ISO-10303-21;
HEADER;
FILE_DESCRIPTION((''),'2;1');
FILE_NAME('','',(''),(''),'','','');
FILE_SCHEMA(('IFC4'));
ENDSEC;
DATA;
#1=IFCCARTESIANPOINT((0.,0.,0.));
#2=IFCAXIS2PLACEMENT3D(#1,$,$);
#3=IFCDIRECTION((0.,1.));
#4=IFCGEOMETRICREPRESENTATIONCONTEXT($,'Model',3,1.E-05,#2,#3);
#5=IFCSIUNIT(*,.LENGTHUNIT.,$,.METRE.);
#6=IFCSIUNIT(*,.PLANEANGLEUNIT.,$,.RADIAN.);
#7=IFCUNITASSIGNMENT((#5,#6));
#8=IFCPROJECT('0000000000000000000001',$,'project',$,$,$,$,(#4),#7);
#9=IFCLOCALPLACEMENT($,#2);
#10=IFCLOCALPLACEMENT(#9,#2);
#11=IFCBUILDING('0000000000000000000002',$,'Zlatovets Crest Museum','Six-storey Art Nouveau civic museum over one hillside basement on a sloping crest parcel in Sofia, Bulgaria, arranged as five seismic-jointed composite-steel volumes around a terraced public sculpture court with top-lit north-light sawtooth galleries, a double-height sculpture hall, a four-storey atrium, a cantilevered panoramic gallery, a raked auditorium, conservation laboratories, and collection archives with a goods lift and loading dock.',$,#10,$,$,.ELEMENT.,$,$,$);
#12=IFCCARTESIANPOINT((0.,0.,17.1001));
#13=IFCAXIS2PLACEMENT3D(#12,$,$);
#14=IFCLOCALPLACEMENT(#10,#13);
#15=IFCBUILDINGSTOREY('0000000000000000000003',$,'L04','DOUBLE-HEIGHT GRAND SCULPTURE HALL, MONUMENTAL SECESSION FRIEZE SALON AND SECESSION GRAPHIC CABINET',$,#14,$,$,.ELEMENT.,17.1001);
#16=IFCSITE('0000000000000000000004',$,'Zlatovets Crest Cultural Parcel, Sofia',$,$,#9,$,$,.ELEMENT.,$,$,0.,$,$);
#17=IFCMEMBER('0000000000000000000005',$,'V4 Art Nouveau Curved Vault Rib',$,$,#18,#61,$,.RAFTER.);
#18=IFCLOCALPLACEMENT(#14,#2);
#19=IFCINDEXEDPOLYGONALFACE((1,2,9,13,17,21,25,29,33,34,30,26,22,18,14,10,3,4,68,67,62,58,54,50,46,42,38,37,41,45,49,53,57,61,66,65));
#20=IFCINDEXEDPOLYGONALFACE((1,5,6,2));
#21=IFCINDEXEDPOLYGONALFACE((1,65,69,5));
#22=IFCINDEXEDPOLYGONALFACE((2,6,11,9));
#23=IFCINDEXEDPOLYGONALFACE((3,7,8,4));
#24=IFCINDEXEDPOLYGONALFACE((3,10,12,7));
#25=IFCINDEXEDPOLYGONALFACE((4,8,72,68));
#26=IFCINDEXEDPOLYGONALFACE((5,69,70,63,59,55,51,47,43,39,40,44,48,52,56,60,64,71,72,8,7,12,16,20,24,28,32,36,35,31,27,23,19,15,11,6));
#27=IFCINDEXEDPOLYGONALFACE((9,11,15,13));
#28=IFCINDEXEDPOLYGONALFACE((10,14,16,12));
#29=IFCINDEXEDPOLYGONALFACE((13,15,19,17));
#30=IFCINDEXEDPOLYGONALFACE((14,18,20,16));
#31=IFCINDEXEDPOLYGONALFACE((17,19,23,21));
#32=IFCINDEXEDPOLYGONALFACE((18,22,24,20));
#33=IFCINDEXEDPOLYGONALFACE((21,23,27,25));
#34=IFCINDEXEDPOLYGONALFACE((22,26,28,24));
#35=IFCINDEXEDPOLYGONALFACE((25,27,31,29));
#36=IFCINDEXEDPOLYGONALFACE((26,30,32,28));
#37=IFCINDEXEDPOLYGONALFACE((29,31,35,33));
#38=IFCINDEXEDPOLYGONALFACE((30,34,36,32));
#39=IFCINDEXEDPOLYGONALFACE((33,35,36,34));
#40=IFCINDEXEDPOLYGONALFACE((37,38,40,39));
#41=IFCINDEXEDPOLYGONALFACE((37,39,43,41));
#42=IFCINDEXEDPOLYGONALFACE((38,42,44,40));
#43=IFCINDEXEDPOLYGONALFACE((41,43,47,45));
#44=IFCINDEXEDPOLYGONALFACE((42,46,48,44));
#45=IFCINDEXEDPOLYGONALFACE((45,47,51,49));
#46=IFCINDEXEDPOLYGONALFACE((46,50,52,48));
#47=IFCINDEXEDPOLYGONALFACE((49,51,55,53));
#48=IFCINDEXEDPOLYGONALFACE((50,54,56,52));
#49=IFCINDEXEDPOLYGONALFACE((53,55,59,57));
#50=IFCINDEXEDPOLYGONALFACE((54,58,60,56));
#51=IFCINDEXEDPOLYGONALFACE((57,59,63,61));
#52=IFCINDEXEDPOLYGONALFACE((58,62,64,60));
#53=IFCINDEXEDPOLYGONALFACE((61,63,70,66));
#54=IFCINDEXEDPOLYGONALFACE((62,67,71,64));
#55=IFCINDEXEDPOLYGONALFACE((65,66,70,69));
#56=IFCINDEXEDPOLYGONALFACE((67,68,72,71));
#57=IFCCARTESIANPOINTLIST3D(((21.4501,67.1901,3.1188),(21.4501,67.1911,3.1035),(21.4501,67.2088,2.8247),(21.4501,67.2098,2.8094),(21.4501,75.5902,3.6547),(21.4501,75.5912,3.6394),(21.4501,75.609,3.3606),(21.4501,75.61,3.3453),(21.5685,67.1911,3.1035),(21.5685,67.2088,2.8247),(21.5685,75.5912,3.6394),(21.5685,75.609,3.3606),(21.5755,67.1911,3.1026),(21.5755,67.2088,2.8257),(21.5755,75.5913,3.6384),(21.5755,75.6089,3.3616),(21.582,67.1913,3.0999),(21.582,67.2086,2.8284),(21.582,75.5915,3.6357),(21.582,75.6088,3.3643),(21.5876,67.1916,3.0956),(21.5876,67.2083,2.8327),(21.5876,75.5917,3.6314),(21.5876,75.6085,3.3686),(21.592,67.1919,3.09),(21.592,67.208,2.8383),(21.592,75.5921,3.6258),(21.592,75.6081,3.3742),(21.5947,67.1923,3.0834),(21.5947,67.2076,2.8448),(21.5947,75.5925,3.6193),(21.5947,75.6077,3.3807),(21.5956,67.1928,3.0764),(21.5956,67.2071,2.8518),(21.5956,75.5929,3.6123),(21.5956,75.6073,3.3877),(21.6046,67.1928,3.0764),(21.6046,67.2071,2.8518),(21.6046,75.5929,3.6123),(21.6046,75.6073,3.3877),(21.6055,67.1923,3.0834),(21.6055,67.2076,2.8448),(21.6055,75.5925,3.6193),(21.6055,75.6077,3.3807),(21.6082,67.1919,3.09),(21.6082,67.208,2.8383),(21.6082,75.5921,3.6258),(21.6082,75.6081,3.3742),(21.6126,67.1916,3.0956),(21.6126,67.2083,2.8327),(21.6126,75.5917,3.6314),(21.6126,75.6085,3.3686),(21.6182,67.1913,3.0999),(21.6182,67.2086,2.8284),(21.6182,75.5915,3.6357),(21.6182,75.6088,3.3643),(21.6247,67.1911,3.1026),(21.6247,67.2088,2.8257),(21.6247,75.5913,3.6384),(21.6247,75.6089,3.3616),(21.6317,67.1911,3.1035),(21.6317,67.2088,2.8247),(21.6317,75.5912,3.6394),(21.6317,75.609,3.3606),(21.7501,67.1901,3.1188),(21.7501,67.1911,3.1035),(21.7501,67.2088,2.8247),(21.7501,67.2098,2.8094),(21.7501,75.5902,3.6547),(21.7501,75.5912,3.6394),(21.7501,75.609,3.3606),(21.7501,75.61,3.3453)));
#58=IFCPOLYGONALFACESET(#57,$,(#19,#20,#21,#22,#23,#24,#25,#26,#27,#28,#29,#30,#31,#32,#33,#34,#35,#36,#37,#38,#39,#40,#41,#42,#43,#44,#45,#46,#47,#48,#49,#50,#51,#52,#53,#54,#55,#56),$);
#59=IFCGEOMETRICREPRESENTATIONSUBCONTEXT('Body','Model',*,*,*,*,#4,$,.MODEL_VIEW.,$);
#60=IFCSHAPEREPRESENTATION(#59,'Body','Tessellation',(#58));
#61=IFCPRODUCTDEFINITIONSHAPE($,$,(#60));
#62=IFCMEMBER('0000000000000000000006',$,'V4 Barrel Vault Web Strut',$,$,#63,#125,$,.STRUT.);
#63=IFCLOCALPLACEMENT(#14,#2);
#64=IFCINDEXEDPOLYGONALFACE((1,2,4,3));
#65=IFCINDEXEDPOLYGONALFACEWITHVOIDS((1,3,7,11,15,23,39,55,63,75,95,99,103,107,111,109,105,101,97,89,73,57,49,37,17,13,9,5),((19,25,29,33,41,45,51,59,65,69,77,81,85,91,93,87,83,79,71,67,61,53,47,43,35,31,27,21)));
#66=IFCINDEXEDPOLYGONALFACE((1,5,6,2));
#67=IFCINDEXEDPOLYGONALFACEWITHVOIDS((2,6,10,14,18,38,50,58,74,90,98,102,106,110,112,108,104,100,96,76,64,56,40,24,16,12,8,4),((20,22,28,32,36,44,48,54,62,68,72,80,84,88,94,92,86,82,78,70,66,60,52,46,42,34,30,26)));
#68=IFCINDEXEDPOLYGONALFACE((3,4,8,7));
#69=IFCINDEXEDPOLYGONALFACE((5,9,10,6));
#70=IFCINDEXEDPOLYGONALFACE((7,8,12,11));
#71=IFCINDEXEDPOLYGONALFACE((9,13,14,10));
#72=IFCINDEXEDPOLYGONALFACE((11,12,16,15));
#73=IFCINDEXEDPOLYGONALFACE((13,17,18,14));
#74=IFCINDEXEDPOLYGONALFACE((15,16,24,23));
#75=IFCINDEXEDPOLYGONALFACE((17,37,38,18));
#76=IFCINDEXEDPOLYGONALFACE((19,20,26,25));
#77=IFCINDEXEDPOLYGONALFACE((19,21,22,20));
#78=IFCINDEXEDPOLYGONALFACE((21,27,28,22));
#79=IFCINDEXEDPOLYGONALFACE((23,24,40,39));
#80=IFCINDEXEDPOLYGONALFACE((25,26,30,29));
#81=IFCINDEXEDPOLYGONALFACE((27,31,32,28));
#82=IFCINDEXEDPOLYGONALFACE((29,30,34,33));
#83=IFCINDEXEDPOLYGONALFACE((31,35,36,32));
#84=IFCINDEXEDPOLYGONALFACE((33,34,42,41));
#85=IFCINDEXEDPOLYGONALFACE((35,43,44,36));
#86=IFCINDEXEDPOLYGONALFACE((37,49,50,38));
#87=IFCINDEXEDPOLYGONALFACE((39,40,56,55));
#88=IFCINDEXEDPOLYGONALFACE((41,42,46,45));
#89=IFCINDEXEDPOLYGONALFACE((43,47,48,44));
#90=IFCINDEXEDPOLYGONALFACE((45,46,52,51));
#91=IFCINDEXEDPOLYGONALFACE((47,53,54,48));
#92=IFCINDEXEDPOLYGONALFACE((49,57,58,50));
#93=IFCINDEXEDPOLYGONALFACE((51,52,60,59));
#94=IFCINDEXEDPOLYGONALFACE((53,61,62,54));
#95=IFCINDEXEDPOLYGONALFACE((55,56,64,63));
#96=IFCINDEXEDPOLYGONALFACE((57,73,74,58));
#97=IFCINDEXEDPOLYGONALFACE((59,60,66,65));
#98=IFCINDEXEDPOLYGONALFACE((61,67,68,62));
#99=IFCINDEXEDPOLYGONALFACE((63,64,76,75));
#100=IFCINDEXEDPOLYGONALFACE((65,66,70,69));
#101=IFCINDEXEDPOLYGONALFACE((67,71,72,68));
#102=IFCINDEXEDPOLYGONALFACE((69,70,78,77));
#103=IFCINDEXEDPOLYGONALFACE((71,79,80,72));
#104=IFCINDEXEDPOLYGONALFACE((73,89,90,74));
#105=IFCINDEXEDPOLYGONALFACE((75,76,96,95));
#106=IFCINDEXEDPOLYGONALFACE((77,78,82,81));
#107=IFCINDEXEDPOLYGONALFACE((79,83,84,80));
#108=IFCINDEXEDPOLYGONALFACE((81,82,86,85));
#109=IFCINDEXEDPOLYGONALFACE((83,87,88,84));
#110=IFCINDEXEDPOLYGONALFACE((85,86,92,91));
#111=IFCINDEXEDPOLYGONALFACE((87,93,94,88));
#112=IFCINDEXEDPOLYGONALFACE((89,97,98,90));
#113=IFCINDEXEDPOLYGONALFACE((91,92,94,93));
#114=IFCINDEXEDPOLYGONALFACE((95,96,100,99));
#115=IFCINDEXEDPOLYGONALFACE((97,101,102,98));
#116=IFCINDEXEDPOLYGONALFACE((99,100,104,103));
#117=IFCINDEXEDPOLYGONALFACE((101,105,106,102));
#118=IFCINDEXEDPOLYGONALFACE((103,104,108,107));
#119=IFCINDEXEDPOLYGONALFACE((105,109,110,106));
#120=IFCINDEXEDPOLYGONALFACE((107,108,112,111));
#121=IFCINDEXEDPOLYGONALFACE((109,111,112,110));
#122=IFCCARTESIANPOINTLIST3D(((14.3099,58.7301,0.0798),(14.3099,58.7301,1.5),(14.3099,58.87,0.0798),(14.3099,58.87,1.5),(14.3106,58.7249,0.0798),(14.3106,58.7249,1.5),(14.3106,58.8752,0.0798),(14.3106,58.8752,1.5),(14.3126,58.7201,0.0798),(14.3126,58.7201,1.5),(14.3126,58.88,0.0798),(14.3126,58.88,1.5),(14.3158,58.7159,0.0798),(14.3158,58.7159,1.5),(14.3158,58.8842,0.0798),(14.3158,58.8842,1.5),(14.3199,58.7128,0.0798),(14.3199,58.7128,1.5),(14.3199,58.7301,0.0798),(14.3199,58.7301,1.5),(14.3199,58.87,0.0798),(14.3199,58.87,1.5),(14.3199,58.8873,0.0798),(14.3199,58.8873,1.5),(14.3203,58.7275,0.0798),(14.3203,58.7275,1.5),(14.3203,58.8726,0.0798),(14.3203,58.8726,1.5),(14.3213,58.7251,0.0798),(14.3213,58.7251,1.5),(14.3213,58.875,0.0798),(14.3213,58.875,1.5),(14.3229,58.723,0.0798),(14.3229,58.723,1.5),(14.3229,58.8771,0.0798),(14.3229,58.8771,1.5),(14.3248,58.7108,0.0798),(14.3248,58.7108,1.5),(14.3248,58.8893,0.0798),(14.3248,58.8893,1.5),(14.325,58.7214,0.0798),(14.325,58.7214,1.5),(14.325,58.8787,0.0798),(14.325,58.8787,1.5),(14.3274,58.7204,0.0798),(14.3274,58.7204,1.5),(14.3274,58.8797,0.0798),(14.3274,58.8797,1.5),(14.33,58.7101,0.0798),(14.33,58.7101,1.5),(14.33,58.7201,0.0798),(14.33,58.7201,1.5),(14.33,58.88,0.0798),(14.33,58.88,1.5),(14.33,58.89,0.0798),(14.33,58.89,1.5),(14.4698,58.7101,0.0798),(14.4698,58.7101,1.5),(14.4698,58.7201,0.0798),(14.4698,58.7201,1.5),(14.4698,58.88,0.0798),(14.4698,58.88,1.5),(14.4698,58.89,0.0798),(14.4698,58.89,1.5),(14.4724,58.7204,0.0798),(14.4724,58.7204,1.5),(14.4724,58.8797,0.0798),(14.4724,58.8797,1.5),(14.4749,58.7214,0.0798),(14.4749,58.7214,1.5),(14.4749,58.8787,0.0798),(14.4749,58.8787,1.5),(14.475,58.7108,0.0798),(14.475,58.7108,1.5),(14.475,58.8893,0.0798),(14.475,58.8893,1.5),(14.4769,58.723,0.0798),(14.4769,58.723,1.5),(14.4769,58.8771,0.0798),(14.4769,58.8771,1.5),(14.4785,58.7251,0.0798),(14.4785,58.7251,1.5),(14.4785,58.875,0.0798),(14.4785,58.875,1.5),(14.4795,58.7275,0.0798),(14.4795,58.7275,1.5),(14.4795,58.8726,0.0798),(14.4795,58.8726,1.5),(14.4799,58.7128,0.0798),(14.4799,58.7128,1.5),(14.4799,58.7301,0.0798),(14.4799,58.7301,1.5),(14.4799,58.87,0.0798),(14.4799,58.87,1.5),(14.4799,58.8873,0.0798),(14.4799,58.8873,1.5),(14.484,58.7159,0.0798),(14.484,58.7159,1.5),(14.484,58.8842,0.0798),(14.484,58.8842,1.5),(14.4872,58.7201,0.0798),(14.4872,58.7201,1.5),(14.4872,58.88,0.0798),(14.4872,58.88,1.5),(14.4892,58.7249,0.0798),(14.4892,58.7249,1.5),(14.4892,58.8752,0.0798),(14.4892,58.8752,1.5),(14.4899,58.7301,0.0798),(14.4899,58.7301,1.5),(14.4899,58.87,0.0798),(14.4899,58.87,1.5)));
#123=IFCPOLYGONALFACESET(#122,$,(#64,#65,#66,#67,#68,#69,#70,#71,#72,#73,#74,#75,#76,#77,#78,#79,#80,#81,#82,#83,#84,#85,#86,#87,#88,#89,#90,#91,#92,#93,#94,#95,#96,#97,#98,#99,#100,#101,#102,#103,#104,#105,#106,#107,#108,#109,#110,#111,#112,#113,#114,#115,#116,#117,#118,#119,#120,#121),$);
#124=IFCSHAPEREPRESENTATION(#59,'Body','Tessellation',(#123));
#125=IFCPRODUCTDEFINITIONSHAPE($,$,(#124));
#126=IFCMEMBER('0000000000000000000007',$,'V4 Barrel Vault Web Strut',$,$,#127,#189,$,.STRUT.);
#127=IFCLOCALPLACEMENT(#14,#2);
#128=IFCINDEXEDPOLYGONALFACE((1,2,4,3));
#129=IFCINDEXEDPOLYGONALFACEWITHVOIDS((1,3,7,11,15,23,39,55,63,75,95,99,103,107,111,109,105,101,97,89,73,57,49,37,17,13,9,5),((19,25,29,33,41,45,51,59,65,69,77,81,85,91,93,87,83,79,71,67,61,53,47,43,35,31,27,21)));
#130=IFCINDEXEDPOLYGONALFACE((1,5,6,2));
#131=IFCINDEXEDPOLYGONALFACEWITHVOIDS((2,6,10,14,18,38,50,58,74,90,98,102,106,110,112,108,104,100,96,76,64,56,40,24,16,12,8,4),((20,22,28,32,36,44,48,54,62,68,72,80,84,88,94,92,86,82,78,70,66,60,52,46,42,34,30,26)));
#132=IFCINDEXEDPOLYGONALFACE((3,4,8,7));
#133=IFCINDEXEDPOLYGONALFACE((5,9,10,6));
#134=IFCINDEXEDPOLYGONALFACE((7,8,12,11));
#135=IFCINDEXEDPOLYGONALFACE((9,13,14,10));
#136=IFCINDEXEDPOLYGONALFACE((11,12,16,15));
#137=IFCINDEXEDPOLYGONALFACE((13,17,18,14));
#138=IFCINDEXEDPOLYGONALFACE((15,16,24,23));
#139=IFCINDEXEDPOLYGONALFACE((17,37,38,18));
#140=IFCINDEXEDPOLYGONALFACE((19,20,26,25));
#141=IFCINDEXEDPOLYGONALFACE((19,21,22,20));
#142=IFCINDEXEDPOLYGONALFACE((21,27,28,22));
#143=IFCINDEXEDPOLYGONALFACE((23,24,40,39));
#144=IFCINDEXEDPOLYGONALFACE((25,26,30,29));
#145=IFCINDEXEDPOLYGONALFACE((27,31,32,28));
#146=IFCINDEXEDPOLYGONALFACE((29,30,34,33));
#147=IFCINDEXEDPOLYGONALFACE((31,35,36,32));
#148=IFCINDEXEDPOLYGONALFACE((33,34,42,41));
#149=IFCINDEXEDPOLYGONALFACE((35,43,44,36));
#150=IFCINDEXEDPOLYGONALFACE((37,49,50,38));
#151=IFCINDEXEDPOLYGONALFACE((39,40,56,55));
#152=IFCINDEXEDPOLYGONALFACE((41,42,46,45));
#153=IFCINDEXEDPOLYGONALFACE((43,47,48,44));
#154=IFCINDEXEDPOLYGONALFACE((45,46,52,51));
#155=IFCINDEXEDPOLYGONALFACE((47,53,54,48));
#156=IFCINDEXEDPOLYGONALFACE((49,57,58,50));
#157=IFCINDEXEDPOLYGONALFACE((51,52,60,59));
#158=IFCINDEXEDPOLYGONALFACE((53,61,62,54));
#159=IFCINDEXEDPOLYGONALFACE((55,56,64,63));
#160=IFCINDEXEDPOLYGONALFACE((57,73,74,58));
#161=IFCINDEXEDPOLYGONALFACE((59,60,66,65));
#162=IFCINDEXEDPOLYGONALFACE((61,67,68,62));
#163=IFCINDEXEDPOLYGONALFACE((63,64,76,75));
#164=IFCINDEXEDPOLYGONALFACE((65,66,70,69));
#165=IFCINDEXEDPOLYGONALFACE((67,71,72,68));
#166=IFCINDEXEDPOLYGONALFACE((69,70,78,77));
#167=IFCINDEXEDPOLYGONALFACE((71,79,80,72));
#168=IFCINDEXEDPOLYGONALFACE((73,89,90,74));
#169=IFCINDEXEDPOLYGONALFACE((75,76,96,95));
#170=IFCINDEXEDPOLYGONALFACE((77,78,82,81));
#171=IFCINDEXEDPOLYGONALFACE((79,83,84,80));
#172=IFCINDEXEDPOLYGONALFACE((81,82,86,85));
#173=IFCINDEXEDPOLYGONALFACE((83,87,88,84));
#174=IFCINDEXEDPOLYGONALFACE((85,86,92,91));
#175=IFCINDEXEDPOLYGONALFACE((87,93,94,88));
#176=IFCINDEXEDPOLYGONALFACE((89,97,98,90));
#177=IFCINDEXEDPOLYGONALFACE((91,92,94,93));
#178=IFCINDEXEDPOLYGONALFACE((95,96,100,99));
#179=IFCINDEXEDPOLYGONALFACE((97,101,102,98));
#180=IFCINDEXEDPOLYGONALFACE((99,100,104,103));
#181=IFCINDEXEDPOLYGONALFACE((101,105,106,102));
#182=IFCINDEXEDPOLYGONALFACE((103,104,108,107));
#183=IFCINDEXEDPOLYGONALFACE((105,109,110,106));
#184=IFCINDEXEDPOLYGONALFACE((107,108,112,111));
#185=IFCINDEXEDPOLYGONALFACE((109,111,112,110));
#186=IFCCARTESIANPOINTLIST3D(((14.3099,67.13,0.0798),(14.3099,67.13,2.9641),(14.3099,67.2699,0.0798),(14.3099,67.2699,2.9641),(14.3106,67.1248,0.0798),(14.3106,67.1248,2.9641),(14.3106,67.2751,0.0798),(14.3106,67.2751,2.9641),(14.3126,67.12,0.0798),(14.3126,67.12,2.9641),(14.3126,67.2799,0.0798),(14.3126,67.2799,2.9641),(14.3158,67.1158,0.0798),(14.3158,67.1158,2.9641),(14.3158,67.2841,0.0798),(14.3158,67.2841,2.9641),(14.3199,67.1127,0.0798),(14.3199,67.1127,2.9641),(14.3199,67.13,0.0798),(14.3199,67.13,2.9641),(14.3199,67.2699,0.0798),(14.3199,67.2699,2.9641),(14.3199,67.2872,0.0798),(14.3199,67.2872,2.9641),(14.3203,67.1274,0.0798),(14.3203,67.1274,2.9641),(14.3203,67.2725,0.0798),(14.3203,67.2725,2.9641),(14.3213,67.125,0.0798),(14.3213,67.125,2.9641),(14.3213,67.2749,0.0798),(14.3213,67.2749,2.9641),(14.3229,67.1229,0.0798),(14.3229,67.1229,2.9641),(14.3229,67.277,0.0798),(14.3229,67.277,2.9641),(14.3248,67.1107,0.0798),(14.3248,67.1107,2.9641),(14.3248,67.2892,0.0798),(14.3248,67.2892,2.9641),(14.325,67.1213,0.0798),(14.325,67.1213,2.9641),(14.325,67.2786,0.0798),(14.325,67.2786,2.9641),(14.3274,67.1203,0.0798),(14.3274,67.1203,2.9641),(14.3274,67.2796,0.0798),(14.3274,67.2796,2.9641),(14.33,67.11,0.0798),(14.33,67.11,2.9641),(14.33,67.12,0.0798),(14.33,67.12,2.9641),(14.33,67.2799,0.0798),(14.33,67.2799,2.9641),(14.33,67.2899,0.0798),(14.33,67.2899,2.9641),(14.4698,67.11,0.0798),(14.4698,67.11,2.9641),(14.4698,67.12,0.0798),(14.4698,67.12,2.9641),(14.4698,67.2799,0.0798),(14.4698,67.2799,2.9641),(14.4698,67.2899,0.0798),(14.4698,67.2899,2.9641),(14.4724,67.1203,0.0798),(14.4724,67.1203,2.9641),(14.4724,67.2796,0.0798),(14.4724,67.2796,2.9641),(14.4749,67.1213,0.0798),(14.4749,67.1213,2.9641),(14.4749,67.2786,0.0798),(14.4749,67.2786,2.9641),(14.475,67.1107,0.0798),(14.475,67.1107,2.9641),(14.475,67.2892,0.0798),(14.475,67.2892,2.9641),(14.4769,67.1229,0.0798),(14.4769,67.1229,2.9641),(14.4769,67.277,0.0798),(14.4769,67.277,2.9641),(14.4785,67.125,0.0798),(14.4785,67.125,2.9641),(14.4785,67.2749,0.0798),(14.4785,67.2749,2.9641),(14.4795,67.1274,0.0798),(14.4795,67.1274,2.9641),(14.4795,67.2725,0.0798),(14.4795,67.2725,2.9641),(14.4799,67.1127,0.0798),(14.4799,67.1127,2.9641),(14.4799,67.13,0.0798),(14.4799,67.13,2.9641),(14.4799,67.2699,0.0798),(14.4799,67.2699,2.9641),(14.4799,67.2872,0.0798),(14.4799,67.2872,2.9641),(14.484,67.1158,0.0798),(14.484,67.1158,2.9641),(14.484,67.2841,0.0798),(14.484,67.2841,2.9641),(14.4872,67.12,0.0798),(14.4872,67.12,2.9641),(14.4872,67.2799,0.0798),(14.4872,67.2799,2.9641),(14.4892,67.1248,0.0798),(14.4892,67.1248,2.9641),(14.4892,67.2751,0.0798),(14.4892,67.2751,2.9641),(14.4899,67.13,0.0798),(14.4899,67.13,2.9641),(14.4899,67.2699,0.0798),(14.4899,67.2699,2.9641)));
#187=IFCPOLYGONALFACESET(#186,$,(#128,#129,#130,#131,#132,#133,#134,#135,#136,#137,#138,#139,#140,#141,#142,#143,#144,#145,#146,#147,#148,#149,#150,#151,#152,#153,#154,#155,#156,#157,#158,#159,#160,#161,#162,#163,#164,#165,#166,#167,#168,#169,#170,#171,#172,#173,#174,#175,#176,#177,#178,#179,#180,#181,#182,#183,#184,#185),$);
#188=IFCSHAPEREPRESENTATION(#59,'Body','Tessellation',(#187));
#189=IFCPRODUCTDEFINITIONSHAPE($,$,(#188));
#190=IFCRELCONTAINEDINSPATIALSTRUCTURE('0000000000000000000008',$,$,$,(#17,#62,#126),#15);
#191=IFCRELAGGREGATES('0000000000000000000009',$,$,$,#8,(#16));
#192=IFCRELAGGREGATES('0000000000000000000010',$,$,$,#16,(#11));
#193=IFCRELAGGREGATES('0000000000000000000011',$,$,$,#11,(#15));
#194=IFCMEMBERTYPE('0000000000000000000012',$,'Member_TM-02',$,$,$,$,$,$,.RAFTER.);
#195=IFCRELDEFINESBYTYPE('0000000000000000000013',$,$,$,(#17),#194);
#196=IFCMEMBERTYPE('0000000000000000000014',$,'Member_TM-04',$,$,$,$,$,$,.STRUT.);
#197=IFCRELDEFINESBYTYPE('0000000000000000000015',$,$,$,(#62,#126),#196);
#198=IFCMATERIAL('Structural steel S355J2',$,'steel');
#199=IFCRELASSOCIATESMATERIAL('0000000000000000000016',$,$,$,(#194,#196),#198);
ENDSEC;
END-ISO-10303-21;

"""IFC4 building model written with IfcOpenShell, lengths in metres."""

from ifc_helpers import new_model, si_unit, direction, frame, origin, origin_2d, place, context, subcontext, project, spatial, hollow_rectangle, i_section, extrude, material, material_profile, profile_set, type_object, element, save


model = new_model("IFC4")

# Units and contexts
model_context = context("Model", 3, precision=1e-05, world=origin(), true_north=direction((0.0, 1.0)))
body_context = subcontext(model_context, "Body", "Model", "MODEL_VIEW")
ifc_project = project(units=[si_unit("LENGTHUNIT", "METRE"), si_unit("PLANEANGLEUNIT", "RADIAN")], contexts=[model_context])

# Site, building, storey
site_placement = place(None, origin())
site = spatial("IfcSite", under=ifc_project, at=site_placement, Name="Zlatovets Crest Cultural Parcel, Sofia", CompositionType="ELEMENT", RefElevation=0.0)
building_placement = place(site_placement, origin())
building = spatial("IfcBuilding", under=site, at=building_placement, Name="Zlatovets Crest Museum", Description="Six-storey Art Nouveau civic museum over one hillside basement on a sloping crest parcel in Sofia, Bulgaria, arranged as five seismic-jointed composite-steel volumes around a terraced public sculpture court with top-lit north-light sawtooth galleries, a double-height sculpture hall, a four-storey atrium, a cantilevered panoramic gallery, a raked auditorium, conservation laboratories, and collection archives with a goods lift and loading dock.", CompositionType="ELEMENT")
storey_placement = place(building_placement, frame((0.0, 0.0, 17.1001)))
storey = spatial("IfcBuildingStorey", under=building, at=storey_placement, Name="L04", Description="DOUBLE-HEIGHT GRAND SCULPTURE HALL, MONUMENTAL SECESSION FRIEZE SALON AND SECESSION GRAPHIC CABINET", CompositionType="ELEMENT", Elevation=17.1001)

# Shared definitions
ifc_material_1 = material(Name="Structural steel S355J2", Category="steel")

# Members
ifc_material_profile_1 = material_profile(ifc_material_1, i_section(OverallWidth=0.3, OverallDepth=0.3101, WebThickness=0.009, FlangeThickness=0.0154, FilletRadius=0.0271, at=origin_2d()), Name="HEA 320")
ifc_profile_set_1 = profile_set([ifc_material_profile_1], Name="Structural steel S355J2")
member_type_1 = type_object("IfcMemberType", Name="Member_TM-02", PredefinedType="RAFTER", material=ifc_profile_set_1)
member_1_placement = place(storey_placement, frame((21.6001, 67.2, 2.9641), z_axis=(0.0, 0.997971, 0.063666), x_axis=(-1.0, 0.0, 0.0)))
element("IfcMember", 1, at=member_1_placement, inside=storey, type_object=member_type_1, Name="V4 Art Nouveau Curved Vault Rib", PredefinedType="RAFTER", context=body_context, shape_type="SweptSolid", body=[
    extrude(i_section(OverallWidth=0.3, OverallDepth=0.3101, WebThickness=0.009, FlangeThickness=0.0154, FilletRadius=0.0271, at=origin_2d()), origin(), (0.0, 0.0, 1.0), 8.4172),
])
ifc_material_profile_2 = material_profile(ifc_material_1, hollow_rectangle(XDim=0.1799, YDim=0.1799, WallThickness=0.01, InnerFilletRadius=0.01, OuterFilletRadius=0.02, at=origin_2d()), Name="SHS 180x180x10.0")
ifc_profile_set_2 = profile_set([ifc_material_profile_2], Name="Structural steel S355J2")
member_type_2 = type_object("IfcMemberType", Name="Member_TM-04", PredefinedType="STRUT", material=ifc_profile_set_2)
member_2_placement = place(storey_placement, frame((14.3999, 58.8, 0.0798), z_axis=(0.0, 0.0, 1.0), x_axis=(1.0, 0.0, 0.0)))
element("IfcMember", 2, at=member_2_placement, inside=storey, type_object=member_type_2, Name="V4 Barrel Vault Web Strut", PredefinedType="STRUT", context=body_context, shape_type="SweptSolid", body=[
    extrude(hollow_rectangle(XDim=0.1799, YDim=0.1799, WallThickness=0.01, InnerFilletRadius=0.01, OuterFilletRadius=0.02, at=origin_2d()), origin(), (0.0, 0.0, 1.0), 1.4202),
])
member_3_placement = place(storey_placement, frame((14.3999, 67.2, 0.0798), z_axis=(0.0, 0.0, 1.0), x_axis=(1.0, 0.0, 0.0)))
element("IfcMember", 3, at=member_3_placement, inside=storey, type_object=member_type_2, Name="V4 Barrel Vault Web Strut", PredefinedType="STRUT", context=body_context, shape_type="SweptSolid", body=[
    extrude(hollow_rectangle(XDim=0.1799, YDim=0.1799, WallThickness=0.01, InnerFilletRadius=0.01, OuterFilletRadius=0.02, at=origin_2d()), origin(), (0.0, 0.0, 1.0), 2.8843),
])

save(model, "model.ifc")
